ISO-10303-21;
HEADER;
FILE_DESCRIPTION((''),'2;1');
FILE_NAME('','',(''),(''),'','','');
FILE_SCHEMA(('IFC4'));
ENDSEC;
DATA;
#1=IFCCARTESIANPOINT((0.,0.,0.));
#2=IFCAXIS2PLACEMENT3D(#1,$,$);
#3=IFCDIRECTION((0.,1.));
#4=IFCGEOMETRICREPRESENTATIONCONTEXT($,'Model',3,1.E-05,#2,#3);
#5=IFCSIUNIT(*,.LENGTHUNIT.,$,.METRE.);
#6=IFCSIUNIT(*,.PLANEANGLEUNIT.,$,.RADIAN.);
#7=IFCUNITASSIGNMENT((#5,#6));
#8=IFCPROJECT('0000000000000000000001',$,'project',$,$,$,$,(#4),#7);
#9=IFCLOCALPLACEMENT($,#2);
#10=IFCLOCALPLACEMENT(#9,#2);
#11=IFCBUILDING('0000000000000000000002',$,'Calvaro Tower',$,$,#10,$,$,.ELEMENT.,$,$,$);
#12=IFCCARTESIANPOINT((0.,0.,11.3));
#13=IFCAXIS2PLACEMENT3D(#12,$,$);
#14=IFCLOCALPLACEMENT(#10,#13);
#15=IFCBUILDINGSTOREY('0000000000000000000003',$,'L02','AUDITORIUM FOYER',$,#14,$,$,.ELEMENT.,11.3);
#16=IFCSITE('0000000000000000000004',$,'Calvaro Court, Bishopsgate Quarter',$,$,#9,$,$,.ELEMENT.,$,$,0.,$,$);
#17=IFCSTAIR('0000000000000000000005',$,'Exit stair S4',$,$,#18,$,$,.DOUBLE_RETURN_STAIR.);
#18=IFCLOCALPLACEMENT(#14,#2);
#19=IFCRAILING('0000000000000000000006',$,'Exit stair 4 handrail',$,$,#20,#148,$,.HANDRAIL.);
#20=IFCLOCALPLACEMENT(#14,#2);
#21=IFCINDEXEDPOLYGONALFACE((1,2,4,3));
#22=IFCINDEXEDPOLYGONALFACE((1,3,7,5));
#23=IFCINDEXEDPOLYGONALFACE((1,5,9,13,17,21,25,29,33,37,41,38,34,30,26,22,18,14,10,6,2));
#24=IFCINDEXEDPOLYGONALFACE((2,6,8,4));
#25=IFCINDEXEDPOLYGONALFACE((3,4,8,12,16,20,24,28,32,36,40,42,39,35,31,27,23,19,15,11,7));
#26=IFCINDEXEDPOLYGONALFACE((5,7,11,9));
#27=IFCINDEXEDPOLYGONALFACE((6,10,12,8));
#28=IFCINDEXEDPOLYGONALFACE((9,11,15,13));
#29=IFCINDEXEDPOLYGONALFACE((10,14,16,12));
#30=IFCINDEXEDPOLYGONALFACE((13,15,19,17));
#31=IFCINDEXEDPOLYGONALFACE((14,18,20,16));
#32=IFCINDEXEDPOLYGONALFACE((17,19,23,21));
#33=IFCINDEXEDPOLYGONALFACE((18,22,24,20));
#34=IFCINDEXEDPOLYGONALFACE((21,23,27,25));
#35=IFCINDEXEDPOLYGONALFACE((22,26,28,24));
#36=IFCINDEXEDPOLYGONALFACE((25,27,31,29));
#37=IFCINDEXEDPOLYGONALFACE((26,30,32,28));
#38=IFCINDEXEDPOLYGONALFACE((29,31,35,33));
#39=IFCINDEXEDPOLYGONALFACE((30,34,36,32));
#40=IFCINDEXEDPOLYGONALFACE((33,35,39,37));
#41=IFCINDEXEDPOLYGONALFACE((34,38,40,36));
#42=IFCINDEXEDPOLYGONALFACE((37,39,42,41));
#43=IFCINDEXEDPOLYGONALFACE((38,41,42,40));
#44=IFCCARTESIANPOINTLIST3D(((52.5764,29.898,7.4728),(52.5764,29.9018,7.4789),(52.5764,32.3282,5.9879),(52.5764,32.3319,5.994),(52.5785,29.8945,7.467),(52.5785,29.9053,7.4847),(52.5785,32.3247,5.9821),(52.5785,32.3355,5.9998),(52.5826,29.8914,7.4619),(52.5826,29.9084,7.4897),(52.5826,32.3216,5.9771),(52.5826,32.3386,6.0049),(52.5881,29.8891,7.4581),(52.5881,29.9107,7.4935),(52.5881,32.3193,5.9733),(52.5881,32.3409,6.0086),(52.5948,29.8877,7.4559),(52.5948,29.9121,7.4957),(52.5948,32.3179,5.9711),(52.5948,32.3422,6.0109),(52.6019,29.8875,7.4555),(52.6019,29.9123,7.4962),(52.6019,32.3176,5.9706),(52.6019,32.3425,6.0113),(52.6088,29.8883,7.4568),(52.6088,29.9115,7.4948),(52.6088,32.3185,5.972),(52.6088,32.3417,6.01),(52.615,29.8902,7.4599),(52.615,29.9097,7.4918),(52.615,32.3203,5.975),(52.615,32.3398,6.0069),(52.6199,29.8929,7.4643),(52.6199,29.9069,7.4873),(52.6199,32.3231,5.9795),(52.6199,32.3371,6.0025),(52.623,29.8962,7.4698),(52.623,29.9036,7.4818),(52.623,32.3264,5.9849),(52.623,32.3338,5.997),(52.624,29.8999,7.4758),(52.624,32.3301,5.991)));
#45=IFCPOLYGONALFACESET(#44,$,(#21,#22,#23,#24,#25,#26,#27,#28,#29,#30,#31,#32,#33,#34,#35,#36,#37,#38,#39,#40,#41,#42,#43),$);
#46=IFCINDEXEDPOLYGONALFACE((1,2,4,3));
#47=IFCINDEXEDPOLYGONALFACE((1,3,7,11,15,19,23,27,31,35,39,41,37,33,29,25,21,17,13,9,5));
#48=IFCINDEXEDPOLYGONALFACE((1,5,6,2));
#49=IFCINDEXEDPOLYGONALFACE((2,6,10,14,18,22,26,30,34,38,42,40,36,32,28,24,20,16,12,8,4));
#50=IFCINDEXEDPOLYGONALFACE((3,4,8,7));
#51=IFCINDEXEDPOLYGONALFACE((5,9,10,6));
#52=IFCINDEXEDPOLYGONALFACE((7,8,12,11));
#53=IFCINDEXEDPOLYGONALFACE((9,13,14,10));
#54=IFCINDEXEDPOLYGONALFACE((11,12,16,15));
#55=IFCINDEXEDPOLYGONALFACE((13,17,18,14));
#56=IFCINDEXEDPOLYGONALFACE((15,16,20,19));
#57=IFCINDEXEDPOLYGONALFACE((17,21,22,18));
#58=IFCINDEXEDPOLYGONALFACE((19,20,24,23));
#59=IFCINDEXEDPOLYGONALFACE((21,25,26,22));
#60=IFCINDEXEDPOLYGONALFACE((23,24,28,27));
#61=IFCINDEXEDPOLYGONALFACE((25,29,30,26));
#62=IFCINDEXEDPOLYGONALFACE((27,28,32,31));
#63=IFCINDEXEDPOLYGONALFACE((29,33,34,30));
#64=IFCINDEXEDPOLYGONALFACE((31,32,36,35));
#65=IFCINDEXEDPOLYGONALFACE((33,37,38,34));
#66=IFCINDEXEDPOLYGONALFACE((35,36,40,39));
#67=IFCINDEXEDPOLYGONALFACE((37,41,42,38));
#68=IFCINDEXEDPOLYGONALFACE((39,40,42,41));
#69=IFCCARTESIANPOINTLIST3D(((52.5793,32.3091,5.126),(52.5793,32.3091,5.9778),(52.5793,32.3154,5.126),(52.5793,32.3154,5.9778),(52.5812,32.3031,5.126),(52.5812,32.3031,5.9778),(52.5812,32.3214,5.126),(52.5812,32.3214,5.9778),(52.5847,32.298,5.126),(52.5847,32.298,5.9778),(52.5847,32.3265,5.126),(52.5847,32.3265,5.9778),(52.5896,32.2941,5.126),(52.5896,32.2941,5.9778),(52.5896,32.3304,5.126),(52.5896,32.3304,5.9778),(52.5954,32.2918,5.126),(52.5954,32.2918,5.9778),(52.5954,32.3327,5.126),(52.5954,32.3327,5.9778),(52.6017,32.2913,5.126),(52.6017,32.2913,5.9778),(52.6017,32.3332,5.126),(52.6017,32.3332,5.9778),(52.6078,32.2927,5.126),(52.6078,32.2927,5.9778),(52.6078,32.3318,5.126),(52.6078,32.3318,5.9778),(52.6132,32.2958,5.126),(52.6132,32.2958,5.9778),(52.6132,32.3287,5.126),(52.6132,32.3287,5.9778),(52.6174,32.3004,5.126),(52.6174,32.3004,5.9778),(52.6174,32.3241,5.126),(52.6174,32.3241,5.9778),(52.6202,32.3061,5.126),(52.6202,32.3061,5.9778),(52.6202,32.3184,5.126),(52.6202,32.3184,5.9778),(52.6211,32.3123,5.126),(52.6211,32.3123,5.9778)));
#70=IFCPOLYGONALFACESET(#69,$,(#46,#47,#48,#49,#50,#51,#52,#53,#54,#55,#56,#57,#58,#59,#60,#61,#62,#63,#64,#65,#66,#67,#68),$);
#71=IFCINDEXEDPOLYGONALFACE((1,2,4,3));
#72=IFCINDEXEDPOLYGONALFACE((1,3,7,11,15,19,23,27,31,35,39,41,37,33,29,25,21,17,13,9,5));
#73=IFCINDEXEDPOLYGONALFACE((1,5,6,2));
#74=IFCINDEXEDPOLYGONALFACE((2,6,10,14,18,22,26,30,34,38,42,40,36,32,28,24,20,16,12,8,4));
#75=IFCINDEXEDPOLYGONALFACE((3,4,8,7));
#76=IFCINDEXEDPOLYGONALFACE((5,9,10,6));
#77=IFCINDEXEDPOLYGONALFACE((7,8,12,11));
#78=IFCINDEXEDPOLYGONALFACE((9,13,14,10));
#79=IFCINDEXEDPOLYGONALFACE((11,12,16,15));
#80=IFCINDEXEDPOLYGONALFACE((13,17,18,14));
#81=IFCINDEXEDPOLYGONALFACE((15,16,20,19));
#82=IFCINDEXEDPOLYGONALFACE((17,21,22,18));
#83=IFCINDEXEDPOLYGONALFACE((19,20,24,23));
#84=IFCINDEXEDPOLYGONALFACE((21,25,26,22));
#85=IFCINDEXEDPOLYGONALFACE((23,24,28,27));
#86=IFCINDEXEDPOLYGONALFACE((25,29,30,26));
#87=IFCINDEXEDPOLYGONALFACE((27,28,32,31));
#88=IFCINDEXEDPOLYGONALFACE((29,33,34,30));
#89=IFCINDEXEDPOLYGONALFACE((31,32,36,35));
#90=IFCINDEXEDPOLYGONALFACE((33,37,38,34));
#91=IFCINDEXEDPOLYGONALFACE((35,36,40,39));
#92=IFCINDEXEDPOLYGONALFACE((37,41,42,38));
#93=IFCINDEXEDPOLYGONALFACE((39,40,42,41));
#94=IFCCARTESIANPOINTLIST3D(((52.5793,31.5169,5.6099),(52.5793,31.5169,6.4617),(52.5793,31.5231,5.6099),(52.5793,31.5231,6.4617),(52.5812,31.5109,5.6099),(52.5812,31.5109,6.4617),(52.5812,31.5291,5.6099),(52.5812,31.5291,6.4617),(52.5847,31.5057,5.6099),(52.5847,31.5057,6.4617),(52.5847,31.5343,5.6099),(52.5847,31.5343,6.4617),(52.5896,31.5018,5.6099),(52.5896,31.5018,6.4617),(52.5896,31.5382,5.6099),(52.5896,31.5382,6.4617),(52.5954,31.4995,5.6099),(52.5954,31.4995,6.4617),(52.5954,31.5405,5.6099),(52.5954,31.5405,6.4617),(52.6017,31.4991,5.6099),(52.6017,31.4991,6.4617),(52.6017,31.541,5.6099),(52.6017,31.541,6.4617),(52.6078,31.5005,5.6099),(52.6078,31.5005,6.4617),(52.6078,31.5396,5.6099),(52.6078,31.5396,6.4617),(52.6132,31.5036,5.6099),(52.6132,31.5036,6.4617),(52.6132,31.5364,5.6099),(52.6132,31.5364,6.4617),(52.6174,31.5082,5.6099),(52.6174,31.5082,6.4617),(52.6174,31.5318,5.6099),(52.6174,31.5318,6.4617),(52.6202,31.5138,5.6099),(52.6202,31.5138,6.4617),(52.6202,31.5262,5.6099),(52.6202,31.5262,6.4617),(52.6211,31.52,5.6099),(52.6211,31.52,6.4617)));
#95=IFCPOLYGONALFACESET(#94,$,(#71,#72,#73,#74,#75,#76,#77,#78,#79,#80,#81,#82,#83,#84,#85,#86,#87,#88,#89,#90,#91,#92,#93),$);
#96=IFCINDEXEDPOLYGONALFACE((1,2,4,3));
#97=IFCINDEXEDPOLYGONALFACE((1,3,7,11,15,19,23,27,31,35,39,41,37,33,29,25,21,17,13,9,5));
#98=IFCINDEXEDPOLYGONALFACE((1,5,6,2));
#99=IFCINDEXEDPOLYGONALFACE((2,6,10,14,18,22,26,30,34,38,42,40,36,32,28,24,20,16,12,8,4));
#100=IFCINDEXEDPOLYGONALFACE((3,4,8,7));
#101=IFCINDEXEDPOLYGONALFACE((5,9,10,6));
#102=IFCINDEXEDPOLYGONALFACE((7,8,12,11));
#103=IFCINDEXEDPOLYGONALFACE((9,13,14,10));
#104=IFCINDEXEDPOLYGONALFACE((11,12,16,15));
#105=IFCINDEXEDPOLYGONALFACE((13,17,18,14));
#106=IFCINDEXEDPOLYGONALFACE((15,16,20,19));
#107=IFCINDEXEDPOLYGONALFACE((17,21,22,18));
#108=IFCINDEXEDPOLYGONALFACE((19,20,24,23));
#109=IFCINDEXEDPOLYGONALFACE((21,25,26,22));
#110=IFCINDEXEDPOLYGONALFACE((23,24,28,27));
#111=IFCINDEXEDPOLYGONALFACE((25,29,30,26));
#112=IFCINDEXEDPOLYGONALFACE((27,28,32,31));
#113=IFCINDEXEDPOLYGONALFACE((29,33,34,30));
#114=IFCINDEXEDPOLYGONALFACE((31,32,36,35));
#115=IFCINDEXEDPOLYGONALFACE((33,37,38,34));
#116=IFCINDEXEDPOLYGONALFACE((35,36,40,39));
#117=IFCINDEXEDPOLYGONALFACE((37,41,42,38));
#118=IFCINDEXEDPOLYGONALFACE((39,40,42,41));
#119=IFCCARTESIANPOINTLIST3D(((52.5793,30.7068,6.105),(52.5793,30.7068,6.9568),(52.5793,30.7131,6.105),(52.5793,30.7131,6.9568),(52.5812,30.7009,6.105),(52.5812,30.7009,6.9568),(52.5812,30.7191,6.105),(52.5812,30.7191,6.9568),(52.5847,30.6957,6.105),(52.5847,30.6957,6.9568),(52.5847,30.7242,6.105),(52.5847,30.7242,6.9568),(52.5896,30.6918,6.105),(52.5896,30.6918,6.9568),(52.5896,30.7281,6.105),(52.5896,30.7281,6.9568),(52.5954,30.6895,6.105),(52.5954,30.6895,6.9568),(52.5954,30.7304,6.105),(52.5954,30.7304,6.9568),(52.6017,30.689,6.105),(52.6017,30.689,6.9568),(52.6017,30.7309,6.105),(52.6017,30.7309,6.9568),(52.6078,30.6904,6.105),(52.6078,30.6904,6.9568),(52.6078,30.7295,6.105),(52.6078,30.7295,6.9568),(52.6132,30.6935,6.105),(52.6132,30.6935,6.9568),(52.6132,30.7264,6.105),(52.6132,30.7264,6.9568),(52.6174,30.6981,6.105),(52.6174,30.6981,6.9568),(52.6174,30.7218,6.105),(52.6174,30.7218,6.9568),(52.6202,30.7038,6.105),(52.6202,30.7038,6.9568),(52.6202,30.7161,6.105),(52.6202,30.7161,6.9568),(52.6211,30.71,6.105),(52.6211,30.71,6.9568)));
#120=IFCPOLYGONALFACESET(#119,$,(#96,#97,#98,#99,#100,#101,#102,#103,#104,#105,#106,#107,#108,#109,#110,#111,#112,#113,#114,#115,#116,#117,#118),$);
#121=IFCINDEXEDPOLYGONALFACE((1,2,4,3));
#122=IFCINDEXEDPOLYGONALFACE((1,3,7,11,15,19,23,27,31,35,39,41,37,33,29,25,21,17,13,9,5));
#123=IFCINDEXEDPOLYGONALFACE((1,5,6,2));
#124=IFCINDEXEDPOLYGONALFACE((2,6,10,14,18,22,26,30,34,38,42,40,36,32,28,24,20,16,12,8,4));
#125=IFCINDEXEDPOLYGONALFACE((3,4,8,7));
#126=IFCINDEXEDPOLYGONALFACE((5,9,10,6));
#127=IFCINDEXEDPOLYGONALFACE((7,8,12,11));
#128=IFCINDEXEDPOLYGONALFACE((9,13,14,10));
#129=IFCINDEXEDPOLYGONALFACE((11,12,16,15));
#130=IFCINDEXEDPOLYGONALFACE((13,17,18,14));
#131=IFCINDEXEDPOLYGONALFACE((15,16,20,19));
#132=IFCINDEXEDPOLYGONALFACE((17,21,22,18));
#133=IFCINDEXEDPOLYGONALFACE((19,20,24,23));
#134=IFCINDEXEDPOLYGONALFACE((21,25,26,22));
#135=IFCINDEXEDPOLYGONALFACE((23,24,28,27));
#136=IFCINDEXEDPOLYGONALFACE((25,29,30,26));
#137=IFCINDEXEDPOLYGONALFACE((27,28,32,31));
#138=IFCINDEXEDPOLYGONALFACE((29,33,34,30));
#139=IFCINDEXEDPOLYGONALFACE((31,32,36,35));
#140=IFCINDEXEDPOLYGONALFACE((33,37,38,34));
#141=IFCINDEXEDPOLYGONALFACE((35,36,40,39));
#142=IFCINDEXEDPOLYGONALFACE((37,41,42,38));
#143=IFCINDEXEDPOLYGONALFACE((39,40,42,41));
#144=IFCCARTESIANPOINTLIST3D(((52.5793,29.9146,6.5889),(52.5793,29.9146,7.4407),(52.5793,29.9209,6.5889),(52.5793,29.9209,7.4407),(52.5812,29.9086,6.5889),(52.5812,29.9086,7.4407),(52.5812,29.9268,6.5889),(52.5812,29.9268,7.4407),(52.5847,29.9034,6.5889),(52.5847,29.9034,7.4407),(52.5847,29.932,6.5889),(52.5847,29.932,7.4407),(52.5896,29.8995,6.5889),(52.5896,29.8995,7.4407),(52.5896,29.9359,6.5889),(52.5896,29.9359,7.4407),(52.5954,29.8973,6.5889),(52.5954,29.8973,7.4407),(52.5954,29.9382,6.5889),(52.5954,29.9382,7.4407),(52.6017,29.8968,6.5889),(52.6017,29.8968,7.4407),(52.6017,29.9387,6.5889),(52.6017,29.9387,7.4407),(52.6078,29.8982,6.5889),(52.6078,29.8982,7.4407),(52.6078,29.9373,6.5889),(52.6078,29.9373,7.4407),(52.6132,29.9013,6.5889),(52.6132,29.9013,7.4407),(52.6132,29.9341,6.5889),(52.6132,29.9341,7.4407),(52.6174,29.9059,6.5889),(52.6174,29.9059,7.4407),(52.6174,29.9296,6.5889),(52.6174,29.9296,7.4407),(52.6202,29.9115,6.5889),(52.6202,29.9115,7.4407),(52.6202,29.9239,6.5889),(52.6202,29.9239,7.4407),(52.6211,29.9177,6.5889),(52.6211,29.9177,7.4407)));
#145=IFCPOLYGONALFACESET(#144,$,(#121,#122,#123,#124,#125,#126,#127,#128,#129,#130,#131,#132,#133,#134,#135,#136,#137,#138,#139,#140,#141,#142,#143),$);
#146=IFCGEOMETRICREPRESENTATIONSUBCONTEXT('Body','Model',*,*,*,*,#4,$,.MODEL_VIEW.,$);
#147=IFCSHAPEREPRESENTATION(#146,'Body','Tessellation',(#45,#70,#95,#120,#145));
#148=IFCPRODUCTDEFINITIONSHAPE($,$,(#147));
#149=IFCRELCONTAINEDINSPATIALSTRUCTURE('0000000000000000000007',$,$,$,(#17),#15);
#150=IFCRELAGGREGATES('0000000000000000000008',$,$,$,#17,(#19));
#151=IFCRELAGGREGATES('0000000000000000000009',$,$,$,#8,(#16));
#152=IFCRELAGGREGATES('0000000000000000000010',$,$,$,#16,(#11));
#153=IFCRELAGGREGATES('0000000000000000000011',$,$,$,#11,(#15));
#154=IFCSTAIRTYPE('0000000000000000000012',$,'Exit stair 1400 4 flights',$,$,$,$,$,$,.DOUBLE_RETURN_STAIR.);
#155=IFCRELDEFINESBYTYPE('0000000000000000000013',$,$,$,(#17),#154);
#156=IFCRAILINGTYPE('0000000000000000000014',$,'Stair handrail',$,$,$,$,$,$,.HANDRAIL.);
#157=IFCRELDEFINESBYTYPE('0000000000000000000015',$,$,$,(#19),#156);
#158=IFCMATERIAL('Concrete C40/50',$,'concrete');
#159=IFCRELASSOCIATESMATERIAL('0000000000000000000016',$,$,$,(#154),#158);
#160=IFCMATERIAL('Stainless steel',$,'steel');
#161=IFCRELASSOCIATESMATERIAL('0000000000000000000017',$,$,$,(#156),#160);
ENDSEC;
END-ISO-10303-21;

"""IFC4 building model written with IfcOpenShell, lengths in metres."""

from ifc_helpers import new_model, si_unit, direction, frame, origin, origin_2d, place, context, subcontext, project, spatial, circle, extrude, material, type_object, element, aggregate, save


model = new_model("IFC4")

# Units and contexts
model_context = context("Model", 3, precision=1e-05, world=origin(), true_north=direction((0.0, 1.0)))
body_context = subcontext(model_context, "Body", "Model", "MODEL_VIEW")
ifc_project = project(units=[si_unit("LENGTHUNIT", "METRE"), si_unit("PLANEANGLEUNIT", "RADIAN")], contexts=[model_context])

# Site, building, storey
site_placement = place(None, origin())
site = spatial("IfcSite", under=ifc_project, at=site_placement, Name="Calvaro Court, Bishopsgate Quarter", CompositionType="ELEMENT", RefElevation=0.0)
building_placement = place(site_placement, origin())
building = spatial("IfcBuilding", under=site, at=building_placement, Name="Calvaro Tower", CompositionType="ELEMENT")
storey_placement = place(building_placement, frame((0.0, 0.0, 11.3)))
storey = spatial("IfcBuildingStorey", under=building, at=storey_placement, Name="L02", Description="AUDITORIUM FOYER", CompositionType="ELEMENT", Elevation=11.3)

# Stair
ifc_material_1 = material(Name="Concrete C40/50", Category="concrete")
stair_type = type_object("IfcStairType", Name="Exit stair 1400 4 flights", PredefinedType="DOUBLE_RETURN_STAIR", material=ifc_material_1)
stair_1_placement = place(storey_placement, origin())
stair_1 = element("IfcStair", 1, at=stair_1_placement, inside=storey, type_object=stair_type, Name="Exit stair S4", PredefinedType="DOUBLE_RETURN_STAIR")

# Shared definitions
ifc_material_2 = material(Name="Stainless steel", Category="steel")
railing_type = type_object("IfcRailingType", Name="Stair handrail", PredefinedType="HANDRAIL", material=ifc_material_2)

# Railing
railing_1_placement = place(storey_placement, frame((52.6001, 32.3301, 5.115)))
railing_1 = element("IfcRailing", 2, at=railing_1_placement, type_object=railing_type, Name="Exit stair 4 handrail", PredefinedType="HANDRAIL", context=body_context, shape_type="SweptSolid", body=[
    extrude(circle(Radius=0.0239, at=origin_2d()), frame((0.0, 0.0, 0.876), z_axis=(0.0, -0.85332, 0.521388), x_axis=(1.0, 0.0, 0.0)), (0.0, 0.0, 1.0), 2.8479),
    extrude(circle(Radius=0.021, at=origin_2d()), frame((0.0, -0.0178, 0.011)), (0.0, 0.0, 1.0), 0.8518),
    extrude(circle(Radius=0.021, at=origin_2d()), frame((0.0, -0.8101, 0.4949)), (0.0, 0.0, 1.0), 0.8518),
    extrude(circle(Radius=0.021, at=origin_2d()), frame((0.0, -1.6201, 0.99)), (0.0, 0.0, 1.0), 0.8518),
    extrude(circle(Radius=0.021, at=origin_2d()), frame((0.0, -2.4124, 1.4739)), (0.0, 0.0, 1.0), 0.8518),
])
aggregate(stair_1, [railing_1])

save(model, "model.ifc")
